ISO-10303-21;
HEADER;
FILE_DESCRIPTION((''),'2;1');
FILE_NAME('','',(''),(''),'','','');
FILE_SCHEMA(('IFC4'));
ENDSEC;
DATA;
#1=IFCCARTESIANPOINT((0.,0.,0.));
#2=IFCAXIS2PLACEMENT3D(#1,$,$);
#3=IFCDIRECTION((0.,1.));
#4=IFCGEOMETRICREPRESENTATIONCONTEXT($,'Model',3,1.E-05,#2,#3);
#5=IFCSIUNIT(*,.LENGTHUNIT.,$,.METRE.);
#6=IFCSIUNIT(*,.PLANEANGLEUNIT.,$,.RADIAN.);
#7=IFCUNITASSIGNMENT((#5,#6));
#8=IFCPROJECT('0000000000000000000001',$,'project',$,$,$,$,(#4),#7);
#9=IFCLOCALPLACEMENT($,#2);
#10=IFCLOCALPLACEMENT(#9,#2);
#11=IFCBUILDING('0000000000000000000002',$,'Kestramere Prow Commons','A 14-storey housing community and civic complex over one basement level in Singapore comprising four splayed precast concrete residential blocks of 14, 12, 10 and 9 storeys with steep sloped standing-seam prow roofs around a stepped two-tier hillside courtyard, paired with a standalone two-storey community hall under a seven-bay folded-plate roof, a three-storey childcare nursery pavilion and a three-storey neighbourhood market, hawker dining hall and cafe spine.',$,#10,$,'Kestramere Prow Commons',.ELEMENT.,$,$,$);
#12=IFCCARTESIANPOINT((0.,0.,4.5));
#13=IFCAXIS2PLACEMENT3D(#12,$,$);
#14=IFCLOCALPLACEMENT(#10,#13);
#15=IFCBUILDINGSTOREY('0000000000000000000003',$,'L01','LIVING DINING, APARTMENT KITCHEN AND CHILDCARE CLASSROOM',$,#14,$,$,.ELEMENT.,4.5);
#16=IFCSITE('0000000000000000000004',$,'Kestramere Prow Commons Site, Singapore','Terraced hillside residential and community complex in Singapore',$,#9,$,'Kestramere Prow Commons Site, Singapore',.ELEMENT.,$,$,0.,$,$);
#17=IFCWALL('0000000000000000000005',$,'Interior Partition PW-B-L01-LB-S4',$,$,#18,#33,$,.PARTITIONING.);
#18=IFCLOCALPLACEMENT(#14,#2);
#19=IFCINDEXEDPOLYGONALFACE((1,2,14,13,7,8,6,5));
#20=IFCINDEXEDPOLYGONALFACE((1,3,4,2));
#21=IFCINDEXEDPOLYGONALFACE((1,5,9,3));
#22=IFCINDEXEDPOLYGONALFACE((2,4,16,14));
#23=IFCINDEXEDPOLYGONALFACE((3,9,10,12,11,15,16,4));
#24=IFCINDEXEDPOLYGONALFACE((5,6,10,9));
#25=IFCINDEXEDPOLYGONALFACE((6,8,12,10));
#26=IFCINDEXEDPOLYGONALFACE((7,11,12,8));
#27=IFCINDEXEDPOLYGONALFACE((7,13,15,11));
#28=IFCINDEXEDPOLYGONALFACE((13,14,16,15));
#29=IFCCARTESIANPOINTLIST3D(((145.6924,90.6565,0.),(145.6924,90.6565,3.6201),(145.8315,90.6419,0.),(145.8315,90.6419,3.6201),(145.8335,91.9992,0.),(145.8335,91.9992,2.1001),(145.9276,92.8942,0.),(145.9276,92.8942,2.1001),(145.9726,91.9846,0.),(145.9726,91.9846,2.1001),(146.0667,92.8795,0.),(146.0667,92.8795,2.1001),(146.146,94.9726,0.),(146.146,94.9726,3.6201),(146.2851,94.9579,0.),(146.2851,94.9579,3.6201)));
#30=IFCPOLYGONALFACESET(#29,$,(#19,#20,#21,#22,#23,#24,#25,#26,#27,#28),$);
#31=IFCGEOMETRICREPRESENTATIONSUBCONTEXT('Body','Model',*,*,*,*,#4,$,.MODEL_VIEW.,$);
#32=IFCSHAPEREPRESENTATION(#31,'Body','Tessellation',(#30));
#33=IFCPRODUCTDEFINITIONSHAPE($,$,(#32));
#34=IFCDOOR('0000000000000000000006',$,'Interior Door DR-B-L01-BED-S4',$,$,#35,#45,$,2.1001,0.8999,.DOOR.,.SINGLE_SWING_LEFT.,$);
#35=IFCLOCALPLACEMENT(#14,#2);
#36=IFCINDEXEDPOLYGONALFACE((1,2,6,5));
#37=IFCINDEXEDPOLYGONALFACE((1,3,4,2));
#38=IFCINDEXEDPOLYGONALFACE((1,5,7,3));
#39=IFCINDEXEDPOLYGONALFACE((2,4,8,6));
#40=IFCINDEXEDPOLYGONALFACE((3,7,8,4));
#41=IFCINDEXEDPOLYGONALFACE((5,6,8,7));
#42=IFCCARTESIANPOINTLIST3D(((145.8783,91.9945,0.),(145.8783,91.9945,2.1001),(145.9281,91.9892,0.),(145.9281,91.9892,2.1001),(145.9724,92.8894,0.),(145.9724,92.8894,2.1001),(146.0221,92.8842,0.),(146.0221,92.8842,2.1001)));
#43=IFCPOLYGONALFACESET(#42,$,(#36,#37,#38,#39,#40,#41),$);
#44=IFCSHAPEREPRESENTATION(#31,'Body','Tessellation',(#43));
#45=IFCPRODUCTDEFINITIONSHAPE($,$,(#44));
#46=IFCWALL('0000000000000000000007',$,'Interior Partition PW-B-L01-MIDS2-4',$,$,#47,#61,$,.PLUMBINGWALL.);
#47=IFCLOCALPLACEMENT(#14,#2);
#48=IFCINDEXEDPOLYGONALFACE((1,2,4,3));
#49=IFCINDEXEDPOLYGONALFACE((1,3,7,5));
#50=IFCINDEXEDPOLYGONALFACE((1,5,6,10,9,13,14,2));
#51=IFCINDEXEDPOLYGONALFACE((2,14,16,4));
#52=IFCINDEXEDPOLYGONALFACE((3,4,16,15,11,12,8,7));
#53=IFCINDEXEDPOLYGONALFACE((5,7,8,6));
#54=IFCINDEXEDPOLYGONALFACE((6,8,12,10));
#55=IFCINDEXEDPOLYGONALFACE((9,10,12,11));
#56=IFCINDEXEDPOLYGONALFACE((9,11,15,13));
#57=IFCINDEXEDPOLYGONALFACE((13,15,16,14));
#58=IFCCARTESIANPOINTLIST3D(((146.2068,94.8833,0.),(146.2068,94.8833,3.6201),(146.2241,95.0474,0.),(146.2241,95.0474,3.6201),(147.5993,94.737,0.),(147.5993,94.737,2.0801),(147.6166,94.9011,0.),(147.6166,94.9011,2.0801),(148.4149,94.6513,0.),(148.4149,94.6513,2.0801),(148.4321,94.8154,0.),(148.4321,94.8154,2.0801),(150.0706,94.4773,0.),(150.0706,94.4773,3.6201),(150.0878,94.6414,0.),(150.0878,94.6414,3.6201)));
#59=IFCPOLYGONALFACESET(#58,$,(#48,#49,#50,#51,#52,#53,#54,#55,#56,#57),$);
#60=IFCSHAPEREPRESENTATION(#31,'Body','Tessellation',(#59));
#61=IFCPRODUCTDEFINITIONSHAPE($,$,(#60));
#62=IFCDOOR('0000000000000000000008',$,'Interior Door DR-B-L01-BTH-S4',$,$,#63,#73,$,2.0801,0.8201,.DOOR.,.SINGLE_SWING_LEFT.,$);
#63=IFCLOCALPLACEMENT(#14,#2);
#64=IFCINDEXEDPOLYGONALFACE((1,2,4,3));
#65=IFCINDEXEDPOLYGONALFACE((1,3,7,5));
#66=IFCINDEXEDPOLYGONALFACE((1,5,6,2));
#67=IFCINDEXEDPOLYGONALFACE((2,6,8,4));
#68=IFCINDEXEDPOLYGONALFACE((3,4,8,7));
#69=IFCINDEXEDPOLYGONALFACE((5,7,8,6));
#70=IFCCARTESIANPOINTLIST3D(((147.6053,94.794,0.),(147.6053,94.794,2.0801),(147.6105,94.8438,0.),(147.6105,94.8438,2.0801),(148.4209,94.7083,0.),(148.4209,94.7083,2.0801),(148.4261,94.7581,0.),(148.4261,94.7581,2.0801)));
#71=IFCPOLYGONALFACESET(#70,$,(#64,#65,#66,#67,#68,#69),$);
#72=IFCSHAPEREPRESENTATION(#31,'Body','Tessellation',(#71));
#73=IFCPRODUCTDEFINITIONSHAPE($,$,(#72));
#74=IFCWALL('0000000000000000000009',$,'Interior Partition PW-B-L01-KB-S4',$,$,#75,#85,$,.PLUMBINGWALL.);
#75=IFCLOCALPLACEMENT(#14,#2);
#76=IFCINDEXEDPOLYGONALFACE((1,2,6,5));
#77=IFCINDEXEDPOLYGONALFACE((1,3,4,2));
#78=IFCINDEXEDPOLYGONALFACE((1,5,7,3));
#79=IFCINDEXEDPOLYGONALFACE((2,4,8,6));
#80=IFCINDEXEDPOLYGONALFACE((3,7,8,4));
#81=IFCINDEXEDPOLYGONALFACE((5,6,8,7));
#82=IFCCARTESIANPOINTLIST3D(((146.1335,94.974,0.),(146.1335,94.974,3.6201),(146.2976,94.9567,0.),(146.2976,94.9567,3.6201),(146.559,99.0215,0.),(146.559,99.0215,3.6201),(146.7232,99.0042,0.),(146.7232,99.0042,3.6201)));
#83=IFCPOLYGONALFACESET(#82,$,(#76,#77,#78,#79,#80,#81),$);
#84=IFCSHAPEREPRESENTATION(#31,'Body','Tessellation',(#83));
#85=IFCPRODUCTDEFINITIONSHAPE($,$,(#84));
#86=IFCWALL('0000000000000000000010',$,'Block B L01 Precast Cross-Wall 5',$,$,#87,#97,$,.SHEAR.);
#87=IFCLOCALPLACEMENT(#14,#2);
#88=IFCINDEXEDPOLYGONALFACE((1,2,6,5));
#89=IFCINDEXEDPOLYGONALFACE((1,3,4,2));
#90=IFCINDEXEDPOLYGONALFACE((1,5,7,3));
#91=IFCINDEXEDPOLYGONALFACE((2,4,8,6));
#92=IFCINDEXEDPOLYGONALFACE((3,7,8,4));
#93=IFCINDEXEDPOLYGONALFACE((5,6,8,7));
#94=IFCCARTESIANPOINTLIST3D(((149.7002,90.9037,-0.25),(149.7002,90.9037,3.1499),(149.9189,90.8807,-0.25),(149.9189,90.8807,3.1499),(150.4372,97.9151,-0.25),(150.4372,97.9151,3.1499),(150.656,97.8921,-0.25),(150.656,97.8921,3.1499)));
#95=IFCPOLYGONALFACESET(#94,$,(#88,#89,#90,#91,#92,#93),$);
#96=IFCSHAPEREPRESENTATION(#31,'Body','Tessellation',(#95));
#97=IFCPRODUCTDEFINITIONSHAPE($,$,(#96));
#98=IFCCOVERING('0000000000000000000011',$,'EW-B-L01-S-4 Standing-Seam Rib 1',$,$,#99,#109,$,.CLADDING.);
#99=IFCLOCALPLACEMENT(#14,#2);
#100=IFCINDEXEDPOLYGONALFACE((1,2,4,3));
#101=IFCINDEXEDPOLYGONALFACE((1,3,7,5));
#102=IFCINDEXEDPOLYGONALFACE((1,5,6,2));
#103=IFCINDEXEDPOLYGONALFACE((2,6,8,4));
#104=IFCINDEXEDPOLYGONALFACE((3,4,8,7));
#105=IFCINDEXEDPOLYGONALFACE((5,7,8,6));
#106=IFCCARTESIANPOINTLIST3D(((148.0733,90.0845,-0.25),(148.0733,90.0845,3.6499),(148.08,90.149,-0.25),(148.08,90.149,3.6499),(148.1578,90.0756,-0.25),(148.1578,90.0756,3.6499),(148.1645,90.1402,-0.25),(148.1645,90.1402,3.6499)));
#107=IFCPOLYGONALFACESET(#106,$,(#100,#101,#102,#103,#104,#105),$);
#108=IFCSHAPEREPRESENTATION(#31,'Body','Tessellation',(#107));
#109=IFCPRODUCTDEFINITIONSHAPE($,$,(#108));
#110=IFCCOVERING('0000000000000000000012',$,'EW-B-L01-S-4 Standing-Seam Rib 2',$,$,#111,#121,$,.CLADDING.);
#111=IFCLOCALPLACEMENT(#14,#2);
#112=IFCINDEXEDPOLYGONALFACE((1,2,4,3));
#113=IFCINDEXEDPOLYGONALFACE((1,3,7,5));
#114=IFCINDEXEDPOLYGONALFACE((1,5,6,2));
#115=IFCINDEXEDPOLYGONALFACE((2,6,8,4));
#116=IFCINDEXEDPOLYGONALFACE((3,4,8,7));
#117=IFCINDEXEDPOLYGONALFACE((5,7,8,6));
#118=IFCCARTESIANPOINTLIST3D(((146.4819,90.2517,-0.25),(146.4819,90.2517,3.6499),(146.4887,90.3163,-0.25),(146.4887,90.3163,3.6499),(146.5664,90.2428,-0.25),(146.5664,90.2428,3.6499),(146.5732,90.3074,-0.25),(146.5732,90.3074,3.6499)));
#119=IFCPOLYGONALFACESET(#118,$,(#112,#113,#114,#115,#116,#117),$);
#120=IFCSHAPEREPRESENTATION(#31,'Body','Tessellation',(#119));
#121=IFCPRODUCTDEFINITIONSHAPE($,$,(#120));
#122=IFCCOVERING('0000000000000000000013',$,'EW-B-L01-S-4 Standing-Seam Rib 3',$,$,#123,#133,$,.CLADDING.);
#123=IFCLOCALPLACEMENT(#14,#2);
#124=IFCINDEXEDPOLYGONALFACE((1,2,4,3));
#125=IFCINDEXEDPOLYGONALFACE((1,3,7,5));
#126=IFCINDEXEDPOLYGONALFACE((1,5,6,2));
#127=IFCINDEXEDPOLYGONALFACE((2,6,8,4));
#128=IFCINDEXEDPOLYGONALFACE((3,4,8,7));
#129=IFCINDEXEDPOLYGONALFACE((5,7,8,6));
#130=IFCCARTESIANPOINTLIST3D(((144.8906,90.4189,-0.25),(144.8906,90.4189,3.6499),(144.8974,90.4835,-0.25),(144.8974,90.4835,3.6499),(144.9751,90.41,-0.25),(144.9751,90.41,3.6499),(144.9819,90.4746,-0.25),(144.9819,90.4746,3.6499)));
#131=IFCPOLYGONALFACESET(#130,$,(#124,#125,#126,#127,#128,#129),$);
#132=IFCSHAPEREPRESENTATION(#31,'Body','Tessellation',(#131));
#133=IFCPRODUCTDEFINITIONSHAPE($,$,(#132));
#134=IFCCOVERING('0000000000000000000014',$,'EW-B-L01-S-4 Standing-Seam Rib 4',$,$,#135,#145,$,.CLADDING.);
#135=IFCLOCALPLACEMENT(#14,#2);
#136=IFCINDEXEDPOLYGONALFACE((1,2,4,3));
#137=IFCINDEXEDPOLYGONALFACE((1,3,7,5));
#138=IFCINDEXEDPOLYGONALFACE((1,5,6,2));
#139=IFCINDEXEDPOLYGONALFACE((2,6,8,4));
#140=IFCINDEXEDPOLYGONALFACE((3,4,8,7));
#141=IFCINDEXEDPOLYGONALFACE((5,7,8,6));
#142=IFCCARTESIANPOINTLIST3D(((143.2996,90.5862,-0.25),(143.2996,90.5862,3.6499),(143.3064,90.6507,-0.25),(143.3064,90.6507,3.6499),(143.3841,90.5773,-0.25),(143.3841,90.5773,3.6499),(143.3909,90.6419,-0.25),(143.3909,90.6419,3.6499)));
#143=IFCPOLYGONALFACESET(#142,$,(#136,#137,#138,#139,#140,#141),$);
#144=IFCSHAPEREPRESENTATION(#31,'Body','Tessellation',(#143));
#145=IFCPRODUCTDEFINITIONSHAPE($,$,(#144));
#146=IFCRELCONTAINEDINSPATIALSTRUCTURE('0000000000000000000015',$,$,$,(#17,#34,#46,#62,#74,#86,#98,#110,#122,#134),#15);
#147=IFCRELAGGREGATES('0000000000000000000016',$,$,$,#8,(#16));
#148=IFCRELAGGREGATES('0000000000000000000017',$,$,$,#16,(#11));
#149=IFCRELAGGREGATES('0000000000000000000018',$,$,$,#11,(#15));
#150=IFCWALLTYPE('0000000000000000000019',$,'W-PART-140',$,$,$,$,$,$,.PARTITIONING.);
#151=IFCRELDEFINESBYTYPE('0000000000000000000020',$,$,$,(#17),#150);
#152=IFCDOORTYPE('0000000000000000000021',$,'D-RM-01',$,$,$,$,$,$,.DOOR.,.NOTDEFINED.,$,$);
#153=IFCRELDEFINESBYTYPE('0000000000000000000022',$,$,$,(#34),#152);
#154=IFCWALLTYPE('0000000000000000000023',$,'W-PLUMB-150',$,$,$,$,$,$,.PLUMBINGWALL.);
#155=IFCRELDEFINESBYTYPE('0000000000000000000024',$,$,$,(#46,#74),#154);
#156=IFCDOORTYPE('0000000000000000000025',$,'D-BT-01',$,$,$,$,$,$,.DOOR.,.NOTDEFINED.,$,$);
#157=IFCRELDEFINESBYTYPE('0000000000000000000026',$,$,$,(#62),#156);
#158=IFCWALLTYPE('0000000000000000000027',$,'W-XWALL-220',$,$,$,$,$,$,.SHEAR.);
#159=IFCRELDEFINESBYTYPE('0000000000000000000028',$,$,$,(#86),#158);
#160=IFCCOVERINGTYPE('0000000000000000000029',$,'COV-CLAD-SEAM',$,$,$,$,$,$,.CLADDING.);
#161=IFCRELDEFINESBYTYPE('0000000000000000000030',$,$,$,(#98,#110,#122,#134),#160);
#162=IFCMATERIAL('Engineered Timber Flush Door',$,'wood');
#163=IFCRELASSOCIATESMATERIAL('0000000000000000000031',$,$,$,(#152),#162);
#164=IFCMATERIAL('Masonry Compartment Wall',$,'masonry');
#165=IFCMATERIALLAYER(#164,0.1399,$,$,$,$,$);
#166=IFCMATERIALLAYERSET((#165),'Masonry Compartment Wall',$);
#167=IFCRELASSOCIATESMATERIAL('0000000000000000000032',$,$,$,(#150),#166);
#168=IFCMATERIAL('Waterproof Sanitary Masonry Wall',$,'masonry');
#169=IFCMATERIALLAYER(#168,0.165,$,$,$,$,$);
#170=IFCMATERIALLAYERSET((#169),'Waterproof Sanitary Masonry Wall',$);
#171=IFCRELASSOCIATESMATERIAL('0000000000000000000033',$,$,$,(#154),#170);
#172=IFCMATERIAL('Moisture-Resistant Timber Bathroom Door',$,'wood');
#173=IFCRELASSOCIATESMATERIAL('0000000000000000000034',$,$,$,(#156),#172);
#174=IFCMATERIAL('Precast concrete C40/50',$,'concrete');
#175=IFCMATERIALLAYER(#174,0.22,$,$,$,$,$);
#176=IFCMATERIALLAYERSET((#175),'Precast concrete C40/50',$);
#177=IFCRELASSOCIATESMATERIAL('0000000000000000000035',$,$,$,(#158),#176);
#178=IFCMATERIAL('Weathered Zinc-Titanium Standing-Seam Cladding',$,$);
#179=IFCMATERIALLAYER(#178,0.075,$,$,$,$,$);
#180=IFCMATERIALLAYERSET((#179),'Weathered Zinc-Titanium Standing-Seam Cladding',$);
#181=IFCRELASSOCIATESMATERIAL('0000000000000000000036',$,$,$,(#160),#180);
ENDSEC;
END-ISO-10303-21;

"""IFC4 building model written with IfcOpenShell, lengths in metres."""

from ifc_helpers import new_model, si_unit, direction, frame, frame_2d, origin, origin_2d, place, context, subcontext, project, spatial, rectangle, extrude, material, layer, layer_set, type_object, element, fill, save


model = new_model("IFC4")

# Units and contexts
model_context = context("Model", 3, precision=1e-05, world=origin(), true_north=direction((0.0, 1.0)))
body_context = subcontext(model_context, "Body", "Model", "MODEL_VIEW")
ifc_project = project(units=[si_unit("LENGTHUNIT", "METRE"), si_unit("PLANEANGLEUNIT", "RADIAN")], contexts=[model_context])

# Site, building, storey
site_placement = place(None, origin())
site = spatial("IfcSite", under=ifc_project, at=site_placement, Name="Kestramere Prow Commons Site, Singapore", Description="Terraced hillside residential and community complex in Singapore", LongName="Kestramere Prow Commons Site, Singapore", CompositionType="ELEMENT", RefElevation=0.0)
building_placement = place(site_placement, origin())
building = spatial("IfcBuilding", under=site, at=building_placement, Name="Kestramere Prow Commons", Description="A 14-storey housing community and civic complex over one basement level in Singapore comprising four splayed precast concrete residential blocks of 14, 12, 10 and 9 storeys with steep sloped standing-seam prow roofs around a stepped two-tier hillside courtyard, paired with a standalone two-storey community hall under a seven-bay folded-plate roof, a three-storey childcare nursery pavilion and a three-storey neighbourhood market, hawker dining hall and cafe spine.", LongName="Kestramere Prow Commons", CompositionType="ELEMENT")
storey_placement = place(building_placement, frame((0.0, 0.0, 4.5)))
storey = spatial("IfcBuildingStorey", under=building, at=storey_placement, Name="L01", Description="LIVING DINING, APARTMENT KITCHEN AND CHILDCARE CLASSROOM", CompositionType="ELEMENT", Elevation=4.5)

# Shared definitions
ifc_material_1 = material(Name="Precast concrete C40/50", Category="concrete")

# Walls, openings, doors
ifc_material_2 = material(Name="Engineered Timber Flush Door", Category="wood")
door_type_1 = type_object("IfcDoorType", Name="D-RM-01", OperationType="NOTDEFINED", PredefinedType="DOOR", material=ifc_material_2)
ifc_material_3 = material(Name="Masonry Compartment Wall", Category="masonry")
ifc_layer_1 = layer(ifc_material_3, 0.1399)
ifc_layer_set_1 = layer_set([ifc_layer_1], Name="Masonry Compartment Wall")
wall_type_1 = type_object("IfcWallType", Name="W-PART-140", PredefinedType="PARTITIONING", material=ifc_layer_set_1)
wall_1_placement = place(storey_placement, frame((145.762, 90.6492, 0.0), z_axis=(0.0, 0.0, 1.0), x_axis=(0.104521, 0.994523, 0.0)))
wall_1 = element("IfcWall", 1, at=wall_1_placement, inside=storey, type_object=wall_type_1, Name="Interior Partition PW-B-L01-LB-S4", PredefinedType="PARTITIONING", context=body_context, shape_type="SweptSolid", body=[
    extrude(rectangle(XDim=4.3398, YDim=0.1399, at=frame_2d((2.1699, 0.0))), origin(), (0.0, 0.0, 1.0), 3.6201),
])
opening_1_placement = place(wall_1_placement, frame((1.3501, 0.0, 0.0)))
opening_1 = element("IfcOpeningElement", 2, at=opening_1_placement, cuts=wall_1, PredefinedType="OPENING", context=body_context, shape_type="SweptSolid", body=[
    extrude(rectangle(XDim=0.8999, YDim=2.1001, at=frame_2d((0.45, 1.05))), frame((0.0, 0.085, 0.0), z_axis=(0.0, -1.0, 0.0), x_axis=(1.0, 0.0, 0.0)), (0.0, 0.0, 1.0), 0.1699),
])
door_1_placement = place(opening_1_placement, origin())
door_1 = element("IfcDoor", 3, at=door_1_placement, inside=storey, type_object=door_type_1, Name="Interior Door DR-B-L01-BED-S4", OperationType="SINGLE_SWING_LEFT", OverallHeight=2.1001, OverallWidth=0.8999, PredefinedType="DOOR", context=body_context, shape_type="SweptSolid", body=[
    extrude(rectangle(XDim=0.8999, YDim=2.1001, at=frame_2d((0.45, 1.05))), frame((0.0, 0.0249, 0.0), z_axis=(0.0, -1.0, 0.0), x_axis=(1.0, 0.0, 0.0)), (0.0, 0.0, 1.0), 0.05),
])
fill(opening_1, door_1)
ifc_material_4 = material(Name="Waterproof Sanitary Masonry Wall", Category="masonry")
ifc_layer_2 = layer(ifc_material_4, 0.165)
ifc_layer_set_2 = layer_set([ifc_layer_2], Name="Waterproof Sanitary Masonry Wall")
wall_type_2 = type_object("IfcWallType", Name="W-PLUMB-150", PredefinedType="PLUMBINGWALL", material=ifc_layer_set_2)
wall_2_placement = place(storey_placement, frame((146.2156, 94.9653, 0.0), z_axis=(0.0, 0.0, 1.0), x_axis=(0.994524, -0.104505, 0.0)))
wall_2 = element("IfcWall", 4, at=wall_2_placement, inside=storey, type_object=wall_type_2, Name="Interior Partition PW-B-L01-MIDS2-4", PredefinedType="PLUMBINGWALL", context=body_context, shape_type="SweptSolid", body=[
    extrude(rectangle(XDim=3.885, YDim=0.165, at=frame_2d((1.9424, 0.0))), origin(), (0.0, 0.0, 1.0), 3.6201),
])
opening_2_placement = place(wall_2_placement, frame((1.3999, 0.0, 0.0)))
opening_2 = element("IfcOpeningElement", 5, at=opening_2_placement, cuts=wall_2, PredefinedType="OPENING", context=body_context, shape_type="SweptSolid", body=[
    extrude(rectangle(XDim=0.8201, YDim=2.0801, at=frame_2d((0.4102, 1.04))), frame((0.0, 0.0974, 0.0), z_axis=(0.0, -1.0, 0.0), x_axis=(1.0, 0.0, 0.0)), (0.0, 0.0, 1.0), 0.1951),
])
ifc_material_5 = material(Name="Moisture-Resistant Timber Bathroom Door", Category="wood")
door_type_2 = type_object("IfcDoorType", Name="D-BT-01", OperationType="NOTDEFINED", PredefinedType="DOOR", material=ifc_material_5)
door_2_placement = place(opening_2_placement, origin())
door_2 = element("IfcDoor", 6, at=door_2_placement, inside=storey, type_object=door_type_2, Name="Interior Door DR-B-L01-BTH-S4", OperationType="SINGLE_SWING_LEFT", OverallHeight=2.0801, OverallWidth=0.8201, PredefinedType="DOOR", context=body_context, shape_type="SweptSolid", body=[
    extrude(rectangle(XDim=0.8201, YDim=2.0801, at=frame_2d((0.4102, 1.04))), frame((0.0, 0.0249, 0.0), z_axis=(0.0, -1.0, 0.0), x_axis=(1.0, 0.0, 0.0)), (0.0, 0.0, 1.0), 0.05),
])
fill(opening_2, door_2)

# Walls
wall_3_placement = place(storey_placement, frame((146.2156, 94.9653, 0.0), z_axis=(0.0, 0.0, 1.0), x_axis=(0.104557, 0.994519, 0.0)))
element("IfcWall", 7, at=wall_3_placement, inside=storey, type_object=wall_type_2, Name="Interior Partition PW-B-L01-KB-S4", PredefinedType="PLUMBINGWALL", context=body_context, shape_type="SweptSolid", body=[
    extrude(rectangle(XDim=4.0698, YDim=0.165, at=frame_2d((2.0349, 0.0))), origin(), (0.0, 0.0, 1.0), 3.6201),
])
ifc_layer_3 = layer(ifc_material_1, 0.22)
ifc_layer_set_3 = layer_set([ifc_layer_3], Name="Precast concrete C40/50")
wall_type_3 = type_object("IfcWallType", Name="W-XWALL-220", PredefinedType="SHEAR", material=ifc_layer_set_3)
wall_4_placement = place(storey_placement, frame((149.8096, 90.8923, -0.25), z_axis=(0.0, 0.0, 1.0), x_axis=(0.104546, 0.99452, 0.0)))
element("IfcWall", 8, at=wall_4_placement, inside=storey, type_object=wall_type_3, Name="Block B L01 Precast Cross-Wall 5", PredefinedType="SHEAR", context=body_context, shape_type="SweptSolid", body=[
    extrude(rectangle(XDim=7.05, YDim=0.22, at=frame_2d((3.5249, 0.0))), origin(), (0.0, 0.0, 1.0), 3.3999),
])

# Coverings
ifc_material_6 = material(Name="Weathered Zinc-Titanium Standing-Seam Cladding")
ifc_layer_4 = layer(ifc_material_6, 0.075)
ifc_layer_set_4 = layer_set([ifc_layer_4], Name="Weathered Zinc-Titanium Standing-Seam Cladding")
covering_type = type_object("IfcCoveringType", Name="COV-CLAD-SEAM", PredefinedType="CLADDING", material=ifc_layer_set_4)
for number, where, z_axis, x_axis, name in (
    (9, (148.1189, 90.1123, -0.25), (0.0, 0.0, 1.0), (-0.994522, 0.104528, 0.0), "EW-B-L01-S-4 Standing-Seam Rib 1"),
    (10, (146.5276, 90.2795, -0.25), (0.0, 0.0, 1.0), (-0.994522, 0.104528, 0.0), "EW-B-L01-S-4 Standing-Seam Rib 2"),
    (11, (144.9363, 90.4468, -0.25), (0.0, 0.0, 1.0), (-0.994522, 0.104528, 0.0), "EW-B-L01-S-4 Standing-Seam Rib 3"),
    (12, (143.3452, 90.614, -0.25), (0.0, 0.0, 1.0), (-0.994522, 0.104528, 0.0), "EW-B-L01-S-4 Standing-Seam Rib 4"),
):
    element("IfcCovering", number, at=place(storey_placement, frame(where, z_axis=z_axis, x_axis=x_axis)), inside=storey, type_object=covering_type, Name=name, PredefinedType="CLADDING", context=body_context, shape_type="SweptSolid", body=[
        extrude(rectangle(XDim=0.085, YDim=0.0649, at=origin_2d()), origin(), (0.0, 0.0, 1.0), 3.8999),
    ])

save(model, "model.ifc")
